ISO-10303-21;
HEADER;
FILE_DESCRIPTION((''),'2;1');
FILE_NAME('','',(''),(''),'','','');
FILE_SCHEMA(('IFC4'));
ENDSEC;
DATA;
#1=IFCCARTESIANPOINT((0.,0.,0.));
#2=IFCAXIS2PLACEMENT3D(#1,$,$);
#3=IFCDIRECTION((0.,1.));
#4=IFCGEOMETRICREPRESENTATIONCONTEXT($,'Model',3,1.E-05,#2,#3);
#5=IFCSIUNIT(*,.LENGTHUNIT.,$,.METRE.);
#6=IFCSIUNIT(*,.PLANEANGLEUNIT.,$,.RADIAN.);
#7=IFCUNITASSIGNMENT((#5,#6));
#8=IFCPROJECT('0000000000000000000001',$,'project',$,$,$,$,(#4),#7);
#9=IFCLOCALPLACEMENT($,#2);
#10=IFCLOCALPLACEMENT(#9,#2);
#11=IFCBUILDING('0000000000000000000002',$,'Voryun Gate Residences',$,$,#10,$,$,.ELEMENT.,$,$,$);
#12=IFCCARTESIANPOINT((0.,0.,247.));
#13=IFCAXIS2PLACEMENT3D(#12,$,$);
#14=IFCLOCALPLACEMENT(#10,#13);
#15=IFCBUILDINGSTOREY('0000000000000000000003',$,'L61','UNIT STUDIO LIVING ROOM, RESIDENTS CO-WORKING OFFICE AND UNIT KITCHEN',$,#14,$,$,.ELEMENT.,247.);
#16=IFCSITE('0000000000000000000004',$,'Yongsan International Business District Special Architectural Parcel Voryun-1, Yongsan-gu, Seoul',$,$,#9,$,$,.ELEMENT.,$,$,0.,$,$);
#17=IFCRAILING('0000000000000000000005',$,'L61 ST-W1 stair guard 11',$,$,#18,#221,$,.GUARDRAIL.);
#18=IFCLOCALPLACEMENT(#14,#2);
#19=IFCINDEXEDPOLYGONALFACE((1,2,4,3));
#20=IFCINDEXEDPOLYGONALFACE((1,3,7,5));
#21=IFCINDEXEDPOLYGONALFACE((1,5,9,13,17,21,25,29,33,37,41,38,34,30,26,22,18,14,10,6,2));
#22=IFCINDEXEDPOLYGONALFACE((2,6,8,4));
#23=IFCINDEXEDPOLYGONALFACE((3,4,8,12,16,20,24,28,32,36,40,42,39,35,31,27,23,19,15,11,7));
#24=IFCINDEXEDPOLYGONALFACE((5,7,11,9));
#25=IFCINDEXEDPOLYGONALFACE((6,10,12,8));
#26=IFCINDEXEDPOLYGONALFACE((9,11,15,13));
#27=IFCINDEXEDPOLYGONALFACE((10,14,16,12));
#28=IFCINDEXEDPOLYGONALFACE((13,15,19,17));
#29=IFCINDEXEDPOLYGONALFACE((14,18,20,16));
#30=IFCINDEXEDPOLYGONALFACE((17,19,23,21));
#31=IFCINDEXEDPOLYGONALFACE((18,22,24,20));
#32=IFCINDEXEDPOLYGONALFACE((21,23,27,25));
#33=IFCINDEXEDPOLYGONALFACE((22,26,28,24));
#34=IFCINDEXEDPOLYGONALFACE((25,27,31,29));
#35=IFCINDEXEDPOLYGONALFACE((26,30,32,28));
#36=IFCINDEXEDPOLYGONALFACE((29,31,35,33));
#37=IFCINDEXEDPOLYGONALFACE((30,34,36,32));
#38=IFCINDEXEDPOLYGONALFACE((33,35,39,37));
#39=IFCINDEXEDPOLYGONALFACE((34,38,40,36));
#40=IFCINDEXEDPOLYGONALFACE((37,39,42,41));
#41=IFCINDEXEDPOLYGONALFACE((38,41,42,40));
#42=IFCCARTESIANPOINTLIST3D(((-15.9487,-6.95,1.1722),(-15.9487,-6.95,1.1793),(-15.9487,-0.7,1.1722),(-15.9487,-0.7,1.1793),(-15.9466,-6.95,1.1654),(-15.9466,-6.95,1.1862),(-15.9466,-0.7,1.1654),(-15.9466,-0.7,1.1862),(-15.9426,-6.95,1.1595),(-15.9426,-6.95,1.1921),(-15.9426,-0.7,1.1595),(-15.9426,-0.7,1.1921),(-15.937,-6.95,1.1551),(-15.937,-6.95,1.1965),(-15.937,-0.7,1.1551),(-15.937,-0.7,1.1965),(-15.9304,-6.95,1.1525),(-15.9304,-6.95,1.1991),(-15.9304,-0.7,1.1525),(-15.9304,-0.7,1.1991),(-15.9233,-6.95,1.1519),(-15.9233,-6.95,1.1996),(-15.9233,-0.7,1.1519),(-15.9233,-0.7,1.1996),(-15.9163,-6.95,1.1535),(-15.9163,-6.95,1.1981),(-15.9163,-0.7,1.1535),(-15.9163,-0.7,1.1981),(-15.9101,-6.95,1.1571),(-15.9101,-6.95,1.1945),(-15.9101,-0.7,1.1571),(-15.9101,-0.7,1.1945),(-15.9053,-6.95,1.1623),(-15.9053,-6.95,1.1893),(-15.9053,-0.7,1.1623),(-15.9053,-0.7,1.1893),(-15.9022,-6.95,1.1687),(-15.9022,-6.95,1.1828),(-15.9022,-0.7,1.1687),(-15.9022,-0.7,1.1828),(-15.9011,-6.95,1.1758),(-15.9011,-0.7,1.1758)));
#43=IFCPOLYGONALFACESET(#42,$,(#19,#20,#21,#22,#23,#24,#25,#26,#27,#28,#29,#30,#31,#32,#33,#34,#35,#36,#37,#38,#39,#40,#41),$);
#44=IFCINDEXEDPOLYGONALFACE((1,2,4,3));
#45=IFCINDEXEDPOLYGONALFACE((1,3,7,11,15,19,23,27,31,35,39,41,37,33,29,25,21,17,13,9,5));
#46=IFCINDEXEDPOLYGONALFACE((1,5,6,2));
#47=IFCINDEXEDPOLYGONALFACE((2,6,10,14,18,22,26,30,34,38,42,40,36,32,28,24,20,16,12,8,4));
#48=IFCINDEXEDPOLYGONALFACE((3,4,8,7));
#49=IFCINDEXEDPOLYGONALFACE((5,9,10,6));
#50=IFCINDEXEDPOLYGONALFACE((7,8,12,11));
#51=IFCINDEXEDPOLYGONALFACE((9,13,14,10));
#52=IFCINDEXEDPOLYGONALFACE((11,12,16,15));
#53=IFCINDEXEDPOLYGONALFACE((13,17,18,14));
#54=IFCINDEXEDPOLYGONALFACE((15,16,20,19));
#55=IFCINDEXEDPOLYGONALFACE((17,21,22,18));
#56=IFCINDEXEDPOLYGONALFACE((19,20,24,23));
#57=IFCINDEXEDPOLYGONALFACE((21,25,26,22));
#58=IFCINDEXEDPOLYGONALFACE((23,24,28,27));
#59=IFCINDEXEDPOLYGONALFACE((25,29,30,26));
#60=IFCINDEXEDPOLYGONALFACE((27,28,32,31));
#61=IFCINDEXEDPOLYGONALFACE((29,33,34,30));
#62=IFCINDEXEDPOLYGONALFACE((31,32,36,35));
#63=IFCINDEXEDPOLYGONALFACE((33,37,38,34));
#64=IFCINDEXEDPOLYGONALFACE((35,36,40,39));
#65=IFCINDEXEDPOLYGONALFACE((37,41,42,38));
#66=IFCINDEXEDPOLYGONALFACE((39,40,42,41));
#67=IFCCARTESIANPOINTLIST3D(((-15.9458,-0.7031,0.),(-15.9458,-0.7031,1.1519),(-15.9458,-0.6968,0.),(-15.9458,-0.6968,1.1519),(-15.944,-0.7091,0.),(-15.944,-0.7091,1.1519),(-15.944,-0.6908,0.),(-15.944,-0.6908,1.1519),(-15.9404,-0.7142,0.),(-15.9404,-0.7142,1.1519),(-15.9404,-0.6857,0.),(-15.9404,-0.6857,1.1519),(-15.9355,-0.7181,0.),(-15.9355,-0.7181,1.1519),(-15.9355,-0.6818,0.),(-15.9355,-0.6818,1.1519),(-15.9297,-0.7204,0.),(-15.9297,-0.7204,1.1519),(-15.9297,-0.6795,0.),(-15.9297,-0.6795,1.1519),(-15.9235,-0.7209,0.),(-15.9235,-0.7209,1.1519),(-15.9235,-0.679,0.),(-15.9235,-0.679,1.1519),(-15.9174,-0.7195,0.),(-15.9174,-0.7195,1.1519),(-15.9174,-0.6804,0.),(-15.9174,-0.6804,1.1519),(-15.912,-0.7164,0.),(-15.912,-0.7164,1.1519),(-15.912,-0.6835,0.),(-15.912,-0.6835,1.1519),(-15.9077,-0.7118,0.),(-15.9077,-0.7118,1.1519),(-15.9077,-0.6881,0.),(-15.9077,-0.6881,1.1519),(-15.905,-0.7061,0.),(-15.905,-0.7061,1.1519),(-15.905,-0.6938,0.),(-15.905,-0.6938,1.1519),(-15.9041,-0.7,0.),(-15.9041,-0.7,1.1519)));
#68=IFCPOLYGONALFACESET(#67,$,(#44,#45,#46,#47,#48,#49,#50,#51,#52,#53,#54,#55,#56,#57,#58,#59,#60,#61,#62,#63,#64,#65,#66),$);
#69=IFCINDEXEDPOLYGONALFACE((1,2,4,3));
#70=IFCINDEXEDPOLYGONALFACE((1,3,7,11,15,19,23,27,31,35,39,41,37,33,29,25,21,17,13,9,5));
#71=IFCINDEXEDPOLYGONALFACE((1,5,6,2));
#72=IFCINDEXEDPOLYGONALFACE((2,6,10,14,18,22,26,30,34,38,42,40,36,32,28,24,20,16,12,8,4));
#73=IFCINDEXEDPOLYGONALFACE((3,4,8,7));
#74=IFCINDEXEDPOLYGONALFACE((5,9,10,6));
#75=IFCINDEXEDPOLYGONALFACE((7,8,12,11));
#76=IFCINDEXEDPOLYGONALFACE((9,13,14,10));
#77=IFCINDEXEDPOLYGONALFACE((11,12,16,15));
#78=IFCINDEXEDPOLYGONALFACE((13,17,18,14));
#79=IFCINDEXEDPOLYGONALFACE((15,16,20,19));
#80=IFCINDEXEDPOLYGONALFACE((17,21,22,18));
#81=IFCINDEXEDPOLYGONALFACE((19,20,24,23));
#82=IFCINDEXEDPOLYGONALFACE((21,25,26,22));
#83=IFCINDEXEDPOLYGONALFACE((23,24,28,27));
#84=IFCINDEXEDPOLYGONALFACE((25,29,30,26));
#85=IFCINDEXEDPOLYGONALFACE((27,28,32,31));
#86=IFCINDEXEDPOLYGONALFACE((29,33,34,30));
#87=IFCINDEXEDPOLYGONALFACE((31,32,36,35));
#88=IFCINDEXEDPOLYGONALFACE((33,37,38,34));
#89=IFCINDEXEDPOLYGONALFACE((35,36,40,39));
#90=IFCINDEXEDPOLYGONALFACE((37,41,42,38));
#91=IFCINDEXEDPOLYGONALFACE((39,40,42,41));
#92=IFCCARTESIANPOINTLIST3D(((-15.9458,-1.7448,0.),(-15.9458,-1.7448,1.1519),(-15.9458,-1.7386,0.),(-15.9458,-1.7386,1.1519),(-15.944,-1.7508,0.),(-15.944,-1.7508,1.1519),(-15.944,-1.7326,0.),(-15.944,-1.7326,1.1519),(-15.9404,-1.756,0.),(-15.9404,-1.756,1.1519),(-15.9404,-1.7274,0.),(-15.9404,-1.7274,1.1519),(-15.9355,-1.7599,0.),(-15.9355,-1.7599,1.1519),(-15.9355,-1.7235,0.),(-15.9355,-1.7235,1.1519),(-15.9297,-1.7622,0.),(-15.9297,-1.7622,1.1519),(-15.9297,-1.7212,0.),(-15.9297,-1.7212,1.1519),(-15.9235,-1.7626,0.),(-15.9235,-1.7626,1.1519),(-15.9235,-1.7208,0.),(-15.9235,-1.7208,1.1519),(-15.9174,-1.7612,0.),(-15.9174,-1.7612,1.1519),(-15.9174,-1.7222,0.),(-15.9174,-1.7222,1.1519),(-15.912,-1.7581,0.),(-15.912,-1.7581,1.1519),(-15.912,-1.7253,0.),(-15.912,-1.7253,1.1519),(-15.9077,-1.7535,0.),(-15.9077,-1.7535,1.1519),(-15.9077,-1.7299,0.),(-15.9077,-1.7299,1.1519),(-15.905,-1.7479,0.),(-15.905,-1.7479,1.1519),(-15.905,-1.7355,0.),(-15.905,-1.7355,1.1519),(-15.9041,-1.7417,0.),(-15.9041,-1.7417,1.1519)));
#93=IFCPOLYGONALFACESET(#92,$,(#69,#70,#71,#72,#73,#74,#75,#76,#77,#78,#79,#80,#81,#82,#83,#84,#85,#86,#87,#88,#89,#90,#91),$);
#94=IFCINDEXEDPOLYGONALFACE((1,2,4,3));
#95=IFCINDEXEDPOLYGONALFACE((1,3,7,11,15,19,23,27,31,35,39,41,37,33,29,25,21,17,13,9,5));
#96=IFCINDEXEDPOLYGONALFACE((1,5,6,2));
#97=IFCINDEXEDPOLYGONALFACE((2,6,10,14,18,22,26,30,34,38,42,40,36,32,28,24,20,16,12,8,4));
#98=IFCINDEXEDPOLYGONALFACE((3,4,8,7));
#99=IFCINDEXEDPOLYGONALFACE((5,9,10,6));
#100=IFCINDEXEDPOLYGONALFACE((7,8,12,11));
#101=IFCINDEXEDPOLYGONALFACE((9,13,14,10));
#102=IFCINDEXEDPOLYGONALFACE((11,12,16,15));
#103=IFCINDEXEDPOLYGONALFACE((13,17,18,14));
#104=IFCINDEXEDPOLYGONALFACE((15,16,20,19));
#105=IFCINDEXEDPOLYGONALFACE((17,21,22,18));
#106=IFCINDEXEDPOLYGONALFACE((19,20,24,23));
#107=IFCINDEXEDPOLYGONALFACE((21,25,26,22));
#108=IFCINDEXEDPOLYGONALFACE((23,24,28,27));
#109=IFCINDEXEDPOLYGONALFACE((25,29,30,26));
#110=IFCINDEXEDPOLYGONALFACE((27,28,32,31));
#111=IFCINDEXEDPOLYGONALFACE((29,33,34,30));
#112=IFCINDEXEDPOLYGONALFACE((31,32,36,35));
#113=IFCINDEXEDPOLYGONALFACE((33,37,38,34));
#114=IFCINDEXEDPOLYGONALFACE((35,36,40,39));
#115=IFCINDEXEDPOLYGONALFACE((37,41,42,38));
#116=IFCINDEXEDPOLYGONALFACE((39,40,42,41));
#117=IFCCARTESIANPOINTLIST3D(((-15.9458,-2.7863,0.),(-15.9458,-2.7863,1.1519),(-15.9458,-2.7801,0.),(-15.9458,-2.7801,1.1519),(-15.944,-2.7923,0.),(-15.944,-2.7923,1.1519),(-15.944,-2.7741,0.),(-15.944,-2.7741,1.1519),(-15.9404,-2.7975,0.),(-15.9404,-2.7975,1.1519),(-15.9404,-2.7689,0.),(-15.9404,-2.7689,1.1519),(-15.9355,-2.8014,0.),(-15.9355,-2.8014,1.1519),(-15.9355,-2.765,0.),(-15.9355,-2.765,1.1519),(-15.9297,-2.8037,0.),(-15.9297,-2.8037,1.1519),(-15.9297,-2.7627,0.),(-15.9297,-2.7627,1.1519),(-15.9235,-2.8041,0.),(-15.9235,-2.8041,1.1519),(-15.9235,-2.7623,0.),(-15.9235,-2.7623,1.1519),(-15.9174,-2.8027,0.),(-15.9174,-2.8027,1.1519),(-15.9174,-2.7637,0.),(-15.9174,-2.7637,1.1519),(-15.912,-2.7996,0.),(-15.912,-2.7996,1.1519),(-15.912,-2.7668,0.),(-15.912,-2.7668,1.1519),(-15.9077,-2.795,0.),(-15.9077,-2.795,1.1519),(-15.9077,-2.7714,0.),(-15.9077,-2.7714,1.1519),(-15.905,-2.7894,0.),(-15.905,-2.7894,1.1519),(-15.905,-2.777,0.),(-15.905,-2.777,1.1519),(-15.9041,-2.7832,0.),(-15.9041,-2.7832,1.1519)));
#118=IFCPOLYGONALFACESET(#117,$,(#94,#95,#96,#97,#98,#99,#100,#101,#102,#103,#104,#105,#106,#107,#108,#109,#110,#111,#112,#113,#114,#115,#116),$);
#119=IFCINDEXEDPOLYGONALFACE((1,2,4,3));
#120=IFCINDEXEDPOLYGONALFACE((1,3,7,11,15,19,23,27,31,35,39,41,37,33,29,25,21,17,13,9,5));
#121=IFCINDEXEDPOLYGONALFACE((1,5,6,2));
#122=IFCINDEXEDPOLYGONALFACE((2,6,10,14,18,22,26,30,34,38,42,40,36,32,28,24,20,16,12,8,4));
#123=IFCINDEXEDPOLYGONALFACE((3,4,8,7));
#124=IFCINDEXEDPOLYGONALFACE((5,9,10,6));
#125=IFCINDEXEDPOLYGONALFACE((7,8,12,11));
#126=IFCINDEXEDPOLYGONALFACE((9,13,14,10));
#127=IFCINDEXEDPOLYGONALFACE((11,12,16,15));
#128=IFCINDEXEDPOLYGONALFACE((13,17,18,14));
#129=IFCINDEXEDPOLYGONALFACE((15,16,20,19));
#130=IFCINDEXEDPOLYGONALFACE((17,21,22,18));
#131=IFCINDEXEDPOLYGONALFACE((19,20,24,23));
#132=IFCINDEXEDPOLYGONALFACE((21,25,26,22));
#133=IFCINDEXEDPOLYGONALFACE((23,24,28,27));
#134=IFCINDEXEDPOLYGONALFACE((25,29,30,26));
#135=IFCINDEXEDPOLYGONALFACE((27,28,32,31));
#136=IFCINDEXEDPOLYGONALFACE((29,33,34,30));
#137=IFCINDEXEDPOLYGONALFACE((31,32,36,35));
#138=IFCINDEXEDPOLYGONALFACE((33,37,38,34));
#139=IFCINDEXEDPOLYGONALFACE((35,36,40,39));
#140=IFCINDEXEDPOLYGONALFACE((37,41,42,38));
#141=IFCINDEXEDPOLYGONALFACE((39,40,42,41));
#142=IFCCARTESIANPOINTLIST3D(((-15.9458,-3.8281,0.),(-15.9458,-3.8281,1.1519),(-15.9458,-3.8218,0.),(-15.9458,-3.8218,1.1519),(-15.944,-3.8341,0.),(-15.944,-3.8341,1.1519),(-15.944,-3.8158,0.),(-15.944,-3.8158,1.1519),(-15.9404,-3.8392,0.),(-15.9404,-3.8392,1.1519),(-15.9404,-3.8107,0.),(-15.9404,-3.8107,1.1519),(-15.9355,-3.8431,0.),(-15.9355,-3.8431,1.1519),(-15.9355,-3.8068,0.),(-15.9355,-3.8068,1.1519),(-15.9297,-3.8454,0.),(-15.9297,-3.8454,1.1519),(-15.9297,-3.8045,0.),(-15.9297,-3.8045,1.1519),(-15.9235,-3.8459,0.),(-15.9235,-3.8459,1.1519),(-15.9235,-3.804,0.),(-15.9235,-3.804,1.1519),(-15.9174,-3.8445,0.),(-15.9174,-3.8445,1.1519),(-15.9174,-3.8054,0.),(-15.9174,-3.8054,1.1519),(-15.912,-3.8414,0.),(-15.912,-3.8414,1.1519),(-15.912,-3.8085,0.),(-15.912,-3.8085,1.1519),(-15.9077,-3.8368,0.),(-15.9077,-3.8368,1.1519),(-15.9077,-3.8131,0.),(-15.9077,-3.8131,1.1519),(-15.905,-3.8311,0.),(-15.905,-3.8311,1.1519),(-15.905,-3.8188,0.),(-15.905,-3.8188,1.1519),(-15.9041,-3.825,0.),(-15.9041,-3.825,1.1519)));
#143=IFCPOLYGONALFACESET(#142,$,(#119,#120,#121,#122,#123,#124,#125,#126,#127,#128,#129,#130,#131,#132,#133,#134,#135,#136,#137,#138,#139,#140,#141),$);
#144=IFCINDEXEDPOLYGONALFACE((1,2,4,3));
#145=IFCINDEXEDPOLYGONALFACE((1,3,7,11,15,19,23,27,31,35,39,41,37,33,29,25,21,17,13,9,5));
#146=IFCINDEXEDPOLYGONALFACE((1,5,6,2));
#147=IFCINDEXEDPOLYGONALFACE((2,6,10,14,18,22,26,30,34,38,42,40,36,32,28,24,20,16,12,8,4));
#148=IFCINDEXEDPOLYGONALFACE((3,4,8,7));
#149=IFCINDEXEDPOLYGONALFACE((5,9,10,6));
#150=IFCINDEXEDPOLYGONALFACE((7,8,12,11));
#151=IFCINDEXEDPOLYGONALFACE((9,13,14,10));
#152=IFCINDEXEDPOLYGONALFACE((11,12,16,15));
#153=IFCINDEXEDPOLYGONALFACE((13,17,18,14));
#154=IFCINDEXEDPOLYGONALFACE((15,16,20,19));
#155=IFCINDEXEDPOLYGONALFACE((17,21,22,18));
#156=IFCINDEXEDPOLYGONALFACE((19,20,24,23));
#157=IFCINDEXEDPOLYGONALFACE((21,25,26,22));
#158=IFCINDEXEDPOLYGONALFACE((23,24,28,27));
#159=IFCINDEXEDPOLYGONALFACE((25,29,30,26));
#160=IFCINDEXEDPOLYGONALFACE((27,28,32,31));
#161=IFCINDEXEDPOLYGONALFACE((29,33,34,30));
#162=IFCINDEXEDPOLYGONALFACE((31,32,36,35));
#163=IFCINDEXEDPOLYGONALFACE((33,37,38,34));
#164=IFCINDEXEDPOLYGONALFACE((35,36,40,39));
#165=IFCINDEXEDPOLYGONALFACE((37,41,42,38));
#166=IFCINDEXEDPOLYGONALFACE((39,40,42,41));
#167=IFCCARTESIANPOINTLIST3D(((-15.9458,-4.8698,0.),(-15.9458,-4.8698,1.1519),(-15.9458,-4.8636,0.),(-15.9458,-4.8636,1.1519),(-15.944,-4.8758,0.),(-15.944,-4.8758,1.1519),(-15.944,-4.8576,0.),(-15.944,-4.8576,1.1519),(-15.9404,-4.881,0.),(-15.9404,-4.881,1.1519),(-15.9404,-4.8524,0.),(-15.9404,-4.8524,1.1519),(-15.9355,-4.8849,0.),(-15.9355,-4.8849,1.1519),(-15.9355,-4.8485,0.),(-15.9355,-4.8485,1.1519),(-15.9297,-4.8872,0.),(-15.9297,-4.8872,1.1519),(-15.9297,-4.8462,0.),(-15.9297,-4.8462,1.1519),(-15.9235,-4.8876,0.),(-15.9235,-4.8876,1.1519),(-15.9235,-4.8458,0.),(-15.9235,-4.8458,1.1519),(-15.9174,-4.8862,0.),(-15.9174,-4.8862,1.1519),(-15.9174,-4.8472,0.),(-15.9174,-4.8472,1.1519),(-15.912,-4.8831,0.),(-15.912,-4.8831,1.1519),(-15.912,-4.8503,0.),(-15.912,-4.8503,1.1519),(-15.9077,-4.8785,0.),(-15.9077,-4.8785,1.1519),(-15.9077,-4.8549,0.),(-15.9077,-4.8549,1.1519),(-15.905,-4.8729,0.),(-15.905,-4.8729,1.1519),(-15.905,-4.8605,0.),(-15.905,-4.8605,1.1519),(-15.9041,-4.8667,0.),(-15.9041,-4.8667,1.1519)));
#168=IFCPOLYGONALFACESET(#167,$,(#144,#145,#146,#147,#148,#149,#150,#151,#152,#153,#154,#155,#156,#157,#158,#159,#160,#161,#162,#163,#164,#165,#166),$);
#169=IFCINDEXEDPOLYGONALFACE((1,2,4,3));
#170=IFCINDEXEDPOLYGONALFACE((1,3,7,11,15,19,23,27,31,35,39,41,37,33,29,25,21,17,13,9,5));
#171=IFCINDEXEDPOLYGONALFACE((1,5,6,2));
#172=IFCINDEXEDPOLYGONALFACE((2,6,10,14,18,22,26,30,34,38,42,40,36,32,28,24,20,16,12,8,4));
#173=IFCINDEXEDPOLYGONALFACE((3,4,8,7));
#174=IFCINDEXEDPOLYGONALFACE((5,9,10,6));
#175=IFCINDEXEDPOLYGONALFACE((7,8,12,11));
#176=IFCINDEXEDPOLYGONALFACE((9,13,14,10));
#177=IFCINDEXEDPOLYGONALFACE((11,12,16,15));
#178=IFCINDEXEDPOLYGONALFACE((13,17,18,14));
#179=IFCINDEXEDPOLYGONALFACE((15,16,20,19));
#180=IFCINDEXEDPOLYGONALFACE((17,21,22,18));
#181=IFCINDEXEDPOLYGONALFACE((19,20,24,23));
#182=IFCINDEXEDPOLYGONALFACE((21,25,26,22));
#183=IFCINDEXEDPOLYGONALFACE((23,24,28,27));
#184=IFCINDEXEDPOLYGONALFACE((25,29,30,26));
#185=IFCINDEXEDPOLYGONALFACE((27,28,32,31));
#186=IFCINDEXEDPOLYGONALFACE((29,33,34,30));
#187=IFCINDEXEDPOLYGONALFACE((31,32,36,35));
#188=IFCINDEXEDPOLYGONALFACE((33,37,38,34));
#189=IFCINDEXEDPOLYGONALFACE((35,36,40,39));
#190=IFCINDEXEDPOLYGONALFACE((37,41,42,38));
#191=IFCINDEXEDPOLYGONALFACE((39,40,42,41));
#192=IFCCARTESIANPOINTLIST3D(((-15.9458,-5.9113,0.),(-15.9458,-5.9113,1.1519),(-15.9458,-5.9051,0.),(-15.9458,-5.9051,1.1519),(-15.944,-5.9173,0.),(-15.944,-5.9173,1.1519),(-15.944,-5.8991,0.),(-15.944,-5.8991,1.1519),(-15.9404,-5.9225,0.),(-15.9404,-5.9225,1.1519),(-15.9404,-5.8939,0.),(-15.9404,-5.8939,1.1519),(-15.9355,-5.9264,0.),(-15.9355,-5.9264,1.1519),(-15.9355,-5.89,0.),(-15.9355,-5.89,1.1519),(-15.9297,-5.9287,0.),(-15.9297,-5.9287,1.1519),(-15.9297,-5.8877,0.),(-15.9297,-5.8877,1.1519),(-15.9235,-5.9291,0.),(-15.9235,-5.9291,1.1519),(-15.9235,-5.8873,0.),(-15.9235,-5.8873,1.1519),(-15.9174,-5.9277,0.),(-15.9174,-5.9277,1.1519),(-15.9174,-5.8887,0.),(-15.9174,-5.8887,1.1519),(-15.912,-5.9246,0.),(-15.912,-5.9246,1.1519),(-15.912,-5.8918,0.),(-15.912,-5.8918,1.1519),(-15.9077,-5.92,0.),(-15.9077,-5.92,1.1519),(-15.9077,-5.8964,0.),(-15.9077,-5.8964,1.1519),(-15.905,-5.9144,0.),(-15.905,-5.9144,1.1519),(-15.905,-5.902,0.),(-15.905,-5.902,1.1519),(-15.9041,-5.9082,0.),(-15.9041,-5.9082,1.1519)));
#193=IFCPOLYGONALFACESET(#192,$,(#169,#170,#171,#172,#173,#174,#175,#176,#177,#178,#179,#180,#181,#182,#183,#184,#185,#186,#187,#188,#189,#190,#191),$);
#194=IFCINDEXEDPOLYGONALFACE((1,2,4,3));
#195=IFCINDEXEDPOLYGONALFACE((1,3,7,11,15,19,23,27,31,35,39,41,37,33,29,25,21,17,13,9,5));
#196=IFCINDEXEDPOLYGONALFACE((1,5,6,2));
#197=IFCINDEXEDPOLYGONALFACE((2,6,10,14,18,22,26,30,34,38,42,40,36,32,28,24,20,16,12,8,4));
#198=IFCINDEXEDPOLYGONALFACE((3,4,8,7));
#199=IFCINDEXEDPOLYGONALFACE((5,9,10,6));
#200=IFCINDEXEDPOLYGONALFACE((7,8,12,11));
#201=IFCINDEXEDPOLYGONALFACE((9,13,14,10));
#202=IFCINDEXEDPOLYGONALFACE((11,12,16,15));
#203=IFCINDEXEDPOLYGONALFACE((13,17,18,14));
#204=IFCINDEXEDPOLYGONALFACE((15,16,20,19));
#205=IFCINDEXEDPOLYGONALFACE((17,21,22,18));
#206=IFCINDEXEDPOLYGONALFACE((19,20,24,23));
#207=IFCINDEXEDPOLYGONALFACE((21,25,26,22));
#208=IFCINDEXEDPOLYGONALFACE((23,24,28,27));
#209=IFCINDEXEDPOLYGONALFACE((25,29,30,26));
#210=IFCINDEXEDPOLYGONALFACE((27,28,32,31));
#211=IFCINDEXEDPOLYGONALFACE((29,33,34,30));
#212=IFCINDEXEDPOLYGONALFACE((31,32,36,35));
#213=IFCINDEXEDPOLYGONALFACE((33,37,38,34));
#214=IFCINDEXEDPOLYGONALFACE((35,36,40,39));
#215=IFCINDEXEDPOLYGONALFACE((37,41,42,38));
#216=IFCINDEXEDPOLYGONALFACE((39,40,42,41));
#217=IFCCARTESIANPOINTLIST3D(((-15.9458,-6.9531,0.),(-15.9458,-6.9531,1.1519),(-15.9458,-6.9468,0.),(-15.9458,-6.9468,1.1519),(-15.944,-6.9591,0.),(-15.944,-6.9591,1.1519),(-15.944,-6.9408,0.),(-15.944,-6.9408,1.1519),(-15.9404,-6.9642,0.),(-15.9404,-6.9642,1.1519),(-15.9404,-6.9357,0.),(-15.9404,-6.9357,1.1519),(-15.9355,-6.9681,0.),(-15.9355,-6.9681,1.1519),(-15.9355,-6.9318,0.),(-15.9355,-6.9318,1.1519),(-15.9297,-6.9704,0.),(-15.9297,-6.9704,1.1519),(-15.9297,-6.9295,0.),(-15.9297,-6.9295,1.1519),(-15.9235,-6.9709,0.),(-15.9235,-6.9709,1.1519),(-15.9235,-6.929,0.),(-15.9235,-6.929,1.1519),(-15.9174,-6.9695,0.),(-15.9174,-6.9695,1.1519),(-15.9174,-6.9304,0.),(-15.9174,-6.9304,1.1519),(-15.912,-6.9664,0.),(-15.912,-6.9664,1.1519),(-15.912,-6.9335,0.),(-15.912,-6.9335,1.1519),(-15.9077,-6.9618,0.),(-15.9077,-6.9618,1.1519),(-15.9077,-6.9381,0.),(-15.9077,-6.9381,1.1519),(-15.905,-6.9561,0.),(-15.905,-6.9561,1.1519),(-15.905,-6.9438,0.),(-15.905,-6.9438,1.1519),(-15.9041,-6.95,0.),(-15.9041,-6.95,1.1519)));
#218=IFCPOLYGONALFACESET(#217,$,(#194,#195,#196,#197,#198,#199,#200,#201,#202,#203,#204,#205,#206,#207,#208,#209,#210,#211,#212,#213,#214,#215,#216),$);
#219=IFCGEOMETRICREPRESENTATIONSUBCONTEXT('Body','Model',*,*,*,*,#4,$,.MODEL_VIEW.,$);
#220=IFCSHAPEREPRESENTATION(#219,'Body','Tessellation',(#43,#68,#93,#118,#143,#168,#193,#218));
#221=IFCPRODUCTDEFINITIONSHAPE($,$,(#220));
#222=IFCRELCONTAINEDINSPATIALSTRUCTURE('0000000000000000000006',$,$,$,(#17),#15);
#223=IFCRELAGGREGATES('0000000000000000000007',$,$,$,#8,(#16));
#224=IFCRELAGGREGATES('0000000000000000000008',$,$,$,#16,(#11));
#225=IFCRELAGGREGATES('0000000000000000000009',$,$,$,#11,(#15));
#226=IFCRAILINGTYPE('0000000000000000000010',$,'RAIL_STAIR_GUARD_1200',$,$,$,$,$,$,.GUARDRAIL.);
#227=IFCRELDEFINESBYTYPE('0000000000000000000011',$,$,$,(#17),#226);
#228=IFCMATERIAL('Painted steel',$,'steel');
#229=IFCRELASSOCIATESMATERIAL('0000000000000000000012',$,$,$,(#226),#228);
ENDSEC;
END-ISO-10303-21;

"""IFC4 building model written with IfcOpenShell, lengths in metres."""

from ifc_helpers import new_model, si_unit, direction, frame, origin, origin_2d, place, context, subcontext, project, spatial, circle, extrude, material, type_object, element, save


model = new_model("IFC4")

# Units and contexts
model_context = context("Model", 3, precision=1e-05, world=origin(), true_north=direction((0.0, 1.0)))
body_context = subcontext(model_context, "Body", "Model", "MODEL_VIEW")
ifc_project = project(units=[si_unit("LENGTHUNIT", "METRE"), si_unit("PLANEANGLEUNIT", "RADIAN")], contexts=[model_context])

# Site, building, storey
site_placement = place(None, origin())
site = spatial("IfcSite", under=ifc_project, at=site_placement, Name="Yongsan International Business District Special Architectural Parcel Voryun-1, Yongsan-gu, Seoul", CompositionType="ELEMENT", RefElevation=0.0)
building_placement = place(site_placement, origin())
building = spatial("IfcBuilding", under=site, at=building_placement, Name="Voryun Gate Residences", CompositionType="ELEMENT")
storey_placement = place(building_placement, frame((0.0, 0.0, 247.0)))
storey = spatial("IfcBuildingStorey", under=building, at=storey_placement, Name="L61", Description="UNIT STUDIO LIVING ROOM, RESIDENTS CO-WORKING OFFICE AND UNIT KITCHEN", CompositionType="ELEMENT", Elevation=247.0)

# Railing
ifc_material_1 = material(Name="Painted steel", Category="steel")
railing_type = type_object("IfcRailingType", Name="RAIL_STAIR_GUARD_1200", PredefinedType="GUARDRAIL", material=ifc_material_1)
railing_1_placement = place(storey_placement, frame((-15.925, -0.7, 0.0)))
element("IfcRailing", 1, at=railing_1_placement, inside=storey, type_object=railing_type, Name="L61 ST-W1 stair guard 11", PredefinedType="GUARDRAIL", context=body_context, shape_type="SweptSolid", body=[
    extrude(circle(Radius=0.0239, at=origin_2d()), frame((0.0, 0.0, 1.1758), z_axis=(0.0, -1.0, 0.0), x_axis=(1.0, 0.0, 0.0)), (0.0, 0.0, 1.0), 6.25),
    extrude(circle(Radius=0.021, at=origin_2d()), origin(), (0.0, 0.0, 1.0), 1.1519),
    extrude(circle(Radius=0.021, at=origin_2d()), frame((0.0, -1.0417, 0.0)), (0.0, 0.0, 1.0), 1.1519),
    extrude(circle(Radius=0.021, at=origin_2d()), frame((0.0, -2.0833, 0.0)), (0.0, 0.0, 1.0), 1.1519),
    extrude(circle(Radius=0.021, at=origin_2d()), frame((0.0, -3.125, 0.0)), (0.0, 0.0, 1.0), 1.1519),
    extrude(circle(Radius=0.021, at=origin_2d()), frame((0.0, -4.1667, 0.0)), (0.0, 0.0, 1.0), 1.1519),
    extrude(circle(Radius=0.021, at=origin_2d()), frame((0.0, -5.2083, 0.0)), (0.0, 0.0, 1.0), 1.1519),
    extrude(circle(Radius=0.021, at=origin_2d()), frame((0.0, -6.25, 0.0)), (0.0, 0.0, 1.0), 1.1519),
])

save(model, "model.ifc")
